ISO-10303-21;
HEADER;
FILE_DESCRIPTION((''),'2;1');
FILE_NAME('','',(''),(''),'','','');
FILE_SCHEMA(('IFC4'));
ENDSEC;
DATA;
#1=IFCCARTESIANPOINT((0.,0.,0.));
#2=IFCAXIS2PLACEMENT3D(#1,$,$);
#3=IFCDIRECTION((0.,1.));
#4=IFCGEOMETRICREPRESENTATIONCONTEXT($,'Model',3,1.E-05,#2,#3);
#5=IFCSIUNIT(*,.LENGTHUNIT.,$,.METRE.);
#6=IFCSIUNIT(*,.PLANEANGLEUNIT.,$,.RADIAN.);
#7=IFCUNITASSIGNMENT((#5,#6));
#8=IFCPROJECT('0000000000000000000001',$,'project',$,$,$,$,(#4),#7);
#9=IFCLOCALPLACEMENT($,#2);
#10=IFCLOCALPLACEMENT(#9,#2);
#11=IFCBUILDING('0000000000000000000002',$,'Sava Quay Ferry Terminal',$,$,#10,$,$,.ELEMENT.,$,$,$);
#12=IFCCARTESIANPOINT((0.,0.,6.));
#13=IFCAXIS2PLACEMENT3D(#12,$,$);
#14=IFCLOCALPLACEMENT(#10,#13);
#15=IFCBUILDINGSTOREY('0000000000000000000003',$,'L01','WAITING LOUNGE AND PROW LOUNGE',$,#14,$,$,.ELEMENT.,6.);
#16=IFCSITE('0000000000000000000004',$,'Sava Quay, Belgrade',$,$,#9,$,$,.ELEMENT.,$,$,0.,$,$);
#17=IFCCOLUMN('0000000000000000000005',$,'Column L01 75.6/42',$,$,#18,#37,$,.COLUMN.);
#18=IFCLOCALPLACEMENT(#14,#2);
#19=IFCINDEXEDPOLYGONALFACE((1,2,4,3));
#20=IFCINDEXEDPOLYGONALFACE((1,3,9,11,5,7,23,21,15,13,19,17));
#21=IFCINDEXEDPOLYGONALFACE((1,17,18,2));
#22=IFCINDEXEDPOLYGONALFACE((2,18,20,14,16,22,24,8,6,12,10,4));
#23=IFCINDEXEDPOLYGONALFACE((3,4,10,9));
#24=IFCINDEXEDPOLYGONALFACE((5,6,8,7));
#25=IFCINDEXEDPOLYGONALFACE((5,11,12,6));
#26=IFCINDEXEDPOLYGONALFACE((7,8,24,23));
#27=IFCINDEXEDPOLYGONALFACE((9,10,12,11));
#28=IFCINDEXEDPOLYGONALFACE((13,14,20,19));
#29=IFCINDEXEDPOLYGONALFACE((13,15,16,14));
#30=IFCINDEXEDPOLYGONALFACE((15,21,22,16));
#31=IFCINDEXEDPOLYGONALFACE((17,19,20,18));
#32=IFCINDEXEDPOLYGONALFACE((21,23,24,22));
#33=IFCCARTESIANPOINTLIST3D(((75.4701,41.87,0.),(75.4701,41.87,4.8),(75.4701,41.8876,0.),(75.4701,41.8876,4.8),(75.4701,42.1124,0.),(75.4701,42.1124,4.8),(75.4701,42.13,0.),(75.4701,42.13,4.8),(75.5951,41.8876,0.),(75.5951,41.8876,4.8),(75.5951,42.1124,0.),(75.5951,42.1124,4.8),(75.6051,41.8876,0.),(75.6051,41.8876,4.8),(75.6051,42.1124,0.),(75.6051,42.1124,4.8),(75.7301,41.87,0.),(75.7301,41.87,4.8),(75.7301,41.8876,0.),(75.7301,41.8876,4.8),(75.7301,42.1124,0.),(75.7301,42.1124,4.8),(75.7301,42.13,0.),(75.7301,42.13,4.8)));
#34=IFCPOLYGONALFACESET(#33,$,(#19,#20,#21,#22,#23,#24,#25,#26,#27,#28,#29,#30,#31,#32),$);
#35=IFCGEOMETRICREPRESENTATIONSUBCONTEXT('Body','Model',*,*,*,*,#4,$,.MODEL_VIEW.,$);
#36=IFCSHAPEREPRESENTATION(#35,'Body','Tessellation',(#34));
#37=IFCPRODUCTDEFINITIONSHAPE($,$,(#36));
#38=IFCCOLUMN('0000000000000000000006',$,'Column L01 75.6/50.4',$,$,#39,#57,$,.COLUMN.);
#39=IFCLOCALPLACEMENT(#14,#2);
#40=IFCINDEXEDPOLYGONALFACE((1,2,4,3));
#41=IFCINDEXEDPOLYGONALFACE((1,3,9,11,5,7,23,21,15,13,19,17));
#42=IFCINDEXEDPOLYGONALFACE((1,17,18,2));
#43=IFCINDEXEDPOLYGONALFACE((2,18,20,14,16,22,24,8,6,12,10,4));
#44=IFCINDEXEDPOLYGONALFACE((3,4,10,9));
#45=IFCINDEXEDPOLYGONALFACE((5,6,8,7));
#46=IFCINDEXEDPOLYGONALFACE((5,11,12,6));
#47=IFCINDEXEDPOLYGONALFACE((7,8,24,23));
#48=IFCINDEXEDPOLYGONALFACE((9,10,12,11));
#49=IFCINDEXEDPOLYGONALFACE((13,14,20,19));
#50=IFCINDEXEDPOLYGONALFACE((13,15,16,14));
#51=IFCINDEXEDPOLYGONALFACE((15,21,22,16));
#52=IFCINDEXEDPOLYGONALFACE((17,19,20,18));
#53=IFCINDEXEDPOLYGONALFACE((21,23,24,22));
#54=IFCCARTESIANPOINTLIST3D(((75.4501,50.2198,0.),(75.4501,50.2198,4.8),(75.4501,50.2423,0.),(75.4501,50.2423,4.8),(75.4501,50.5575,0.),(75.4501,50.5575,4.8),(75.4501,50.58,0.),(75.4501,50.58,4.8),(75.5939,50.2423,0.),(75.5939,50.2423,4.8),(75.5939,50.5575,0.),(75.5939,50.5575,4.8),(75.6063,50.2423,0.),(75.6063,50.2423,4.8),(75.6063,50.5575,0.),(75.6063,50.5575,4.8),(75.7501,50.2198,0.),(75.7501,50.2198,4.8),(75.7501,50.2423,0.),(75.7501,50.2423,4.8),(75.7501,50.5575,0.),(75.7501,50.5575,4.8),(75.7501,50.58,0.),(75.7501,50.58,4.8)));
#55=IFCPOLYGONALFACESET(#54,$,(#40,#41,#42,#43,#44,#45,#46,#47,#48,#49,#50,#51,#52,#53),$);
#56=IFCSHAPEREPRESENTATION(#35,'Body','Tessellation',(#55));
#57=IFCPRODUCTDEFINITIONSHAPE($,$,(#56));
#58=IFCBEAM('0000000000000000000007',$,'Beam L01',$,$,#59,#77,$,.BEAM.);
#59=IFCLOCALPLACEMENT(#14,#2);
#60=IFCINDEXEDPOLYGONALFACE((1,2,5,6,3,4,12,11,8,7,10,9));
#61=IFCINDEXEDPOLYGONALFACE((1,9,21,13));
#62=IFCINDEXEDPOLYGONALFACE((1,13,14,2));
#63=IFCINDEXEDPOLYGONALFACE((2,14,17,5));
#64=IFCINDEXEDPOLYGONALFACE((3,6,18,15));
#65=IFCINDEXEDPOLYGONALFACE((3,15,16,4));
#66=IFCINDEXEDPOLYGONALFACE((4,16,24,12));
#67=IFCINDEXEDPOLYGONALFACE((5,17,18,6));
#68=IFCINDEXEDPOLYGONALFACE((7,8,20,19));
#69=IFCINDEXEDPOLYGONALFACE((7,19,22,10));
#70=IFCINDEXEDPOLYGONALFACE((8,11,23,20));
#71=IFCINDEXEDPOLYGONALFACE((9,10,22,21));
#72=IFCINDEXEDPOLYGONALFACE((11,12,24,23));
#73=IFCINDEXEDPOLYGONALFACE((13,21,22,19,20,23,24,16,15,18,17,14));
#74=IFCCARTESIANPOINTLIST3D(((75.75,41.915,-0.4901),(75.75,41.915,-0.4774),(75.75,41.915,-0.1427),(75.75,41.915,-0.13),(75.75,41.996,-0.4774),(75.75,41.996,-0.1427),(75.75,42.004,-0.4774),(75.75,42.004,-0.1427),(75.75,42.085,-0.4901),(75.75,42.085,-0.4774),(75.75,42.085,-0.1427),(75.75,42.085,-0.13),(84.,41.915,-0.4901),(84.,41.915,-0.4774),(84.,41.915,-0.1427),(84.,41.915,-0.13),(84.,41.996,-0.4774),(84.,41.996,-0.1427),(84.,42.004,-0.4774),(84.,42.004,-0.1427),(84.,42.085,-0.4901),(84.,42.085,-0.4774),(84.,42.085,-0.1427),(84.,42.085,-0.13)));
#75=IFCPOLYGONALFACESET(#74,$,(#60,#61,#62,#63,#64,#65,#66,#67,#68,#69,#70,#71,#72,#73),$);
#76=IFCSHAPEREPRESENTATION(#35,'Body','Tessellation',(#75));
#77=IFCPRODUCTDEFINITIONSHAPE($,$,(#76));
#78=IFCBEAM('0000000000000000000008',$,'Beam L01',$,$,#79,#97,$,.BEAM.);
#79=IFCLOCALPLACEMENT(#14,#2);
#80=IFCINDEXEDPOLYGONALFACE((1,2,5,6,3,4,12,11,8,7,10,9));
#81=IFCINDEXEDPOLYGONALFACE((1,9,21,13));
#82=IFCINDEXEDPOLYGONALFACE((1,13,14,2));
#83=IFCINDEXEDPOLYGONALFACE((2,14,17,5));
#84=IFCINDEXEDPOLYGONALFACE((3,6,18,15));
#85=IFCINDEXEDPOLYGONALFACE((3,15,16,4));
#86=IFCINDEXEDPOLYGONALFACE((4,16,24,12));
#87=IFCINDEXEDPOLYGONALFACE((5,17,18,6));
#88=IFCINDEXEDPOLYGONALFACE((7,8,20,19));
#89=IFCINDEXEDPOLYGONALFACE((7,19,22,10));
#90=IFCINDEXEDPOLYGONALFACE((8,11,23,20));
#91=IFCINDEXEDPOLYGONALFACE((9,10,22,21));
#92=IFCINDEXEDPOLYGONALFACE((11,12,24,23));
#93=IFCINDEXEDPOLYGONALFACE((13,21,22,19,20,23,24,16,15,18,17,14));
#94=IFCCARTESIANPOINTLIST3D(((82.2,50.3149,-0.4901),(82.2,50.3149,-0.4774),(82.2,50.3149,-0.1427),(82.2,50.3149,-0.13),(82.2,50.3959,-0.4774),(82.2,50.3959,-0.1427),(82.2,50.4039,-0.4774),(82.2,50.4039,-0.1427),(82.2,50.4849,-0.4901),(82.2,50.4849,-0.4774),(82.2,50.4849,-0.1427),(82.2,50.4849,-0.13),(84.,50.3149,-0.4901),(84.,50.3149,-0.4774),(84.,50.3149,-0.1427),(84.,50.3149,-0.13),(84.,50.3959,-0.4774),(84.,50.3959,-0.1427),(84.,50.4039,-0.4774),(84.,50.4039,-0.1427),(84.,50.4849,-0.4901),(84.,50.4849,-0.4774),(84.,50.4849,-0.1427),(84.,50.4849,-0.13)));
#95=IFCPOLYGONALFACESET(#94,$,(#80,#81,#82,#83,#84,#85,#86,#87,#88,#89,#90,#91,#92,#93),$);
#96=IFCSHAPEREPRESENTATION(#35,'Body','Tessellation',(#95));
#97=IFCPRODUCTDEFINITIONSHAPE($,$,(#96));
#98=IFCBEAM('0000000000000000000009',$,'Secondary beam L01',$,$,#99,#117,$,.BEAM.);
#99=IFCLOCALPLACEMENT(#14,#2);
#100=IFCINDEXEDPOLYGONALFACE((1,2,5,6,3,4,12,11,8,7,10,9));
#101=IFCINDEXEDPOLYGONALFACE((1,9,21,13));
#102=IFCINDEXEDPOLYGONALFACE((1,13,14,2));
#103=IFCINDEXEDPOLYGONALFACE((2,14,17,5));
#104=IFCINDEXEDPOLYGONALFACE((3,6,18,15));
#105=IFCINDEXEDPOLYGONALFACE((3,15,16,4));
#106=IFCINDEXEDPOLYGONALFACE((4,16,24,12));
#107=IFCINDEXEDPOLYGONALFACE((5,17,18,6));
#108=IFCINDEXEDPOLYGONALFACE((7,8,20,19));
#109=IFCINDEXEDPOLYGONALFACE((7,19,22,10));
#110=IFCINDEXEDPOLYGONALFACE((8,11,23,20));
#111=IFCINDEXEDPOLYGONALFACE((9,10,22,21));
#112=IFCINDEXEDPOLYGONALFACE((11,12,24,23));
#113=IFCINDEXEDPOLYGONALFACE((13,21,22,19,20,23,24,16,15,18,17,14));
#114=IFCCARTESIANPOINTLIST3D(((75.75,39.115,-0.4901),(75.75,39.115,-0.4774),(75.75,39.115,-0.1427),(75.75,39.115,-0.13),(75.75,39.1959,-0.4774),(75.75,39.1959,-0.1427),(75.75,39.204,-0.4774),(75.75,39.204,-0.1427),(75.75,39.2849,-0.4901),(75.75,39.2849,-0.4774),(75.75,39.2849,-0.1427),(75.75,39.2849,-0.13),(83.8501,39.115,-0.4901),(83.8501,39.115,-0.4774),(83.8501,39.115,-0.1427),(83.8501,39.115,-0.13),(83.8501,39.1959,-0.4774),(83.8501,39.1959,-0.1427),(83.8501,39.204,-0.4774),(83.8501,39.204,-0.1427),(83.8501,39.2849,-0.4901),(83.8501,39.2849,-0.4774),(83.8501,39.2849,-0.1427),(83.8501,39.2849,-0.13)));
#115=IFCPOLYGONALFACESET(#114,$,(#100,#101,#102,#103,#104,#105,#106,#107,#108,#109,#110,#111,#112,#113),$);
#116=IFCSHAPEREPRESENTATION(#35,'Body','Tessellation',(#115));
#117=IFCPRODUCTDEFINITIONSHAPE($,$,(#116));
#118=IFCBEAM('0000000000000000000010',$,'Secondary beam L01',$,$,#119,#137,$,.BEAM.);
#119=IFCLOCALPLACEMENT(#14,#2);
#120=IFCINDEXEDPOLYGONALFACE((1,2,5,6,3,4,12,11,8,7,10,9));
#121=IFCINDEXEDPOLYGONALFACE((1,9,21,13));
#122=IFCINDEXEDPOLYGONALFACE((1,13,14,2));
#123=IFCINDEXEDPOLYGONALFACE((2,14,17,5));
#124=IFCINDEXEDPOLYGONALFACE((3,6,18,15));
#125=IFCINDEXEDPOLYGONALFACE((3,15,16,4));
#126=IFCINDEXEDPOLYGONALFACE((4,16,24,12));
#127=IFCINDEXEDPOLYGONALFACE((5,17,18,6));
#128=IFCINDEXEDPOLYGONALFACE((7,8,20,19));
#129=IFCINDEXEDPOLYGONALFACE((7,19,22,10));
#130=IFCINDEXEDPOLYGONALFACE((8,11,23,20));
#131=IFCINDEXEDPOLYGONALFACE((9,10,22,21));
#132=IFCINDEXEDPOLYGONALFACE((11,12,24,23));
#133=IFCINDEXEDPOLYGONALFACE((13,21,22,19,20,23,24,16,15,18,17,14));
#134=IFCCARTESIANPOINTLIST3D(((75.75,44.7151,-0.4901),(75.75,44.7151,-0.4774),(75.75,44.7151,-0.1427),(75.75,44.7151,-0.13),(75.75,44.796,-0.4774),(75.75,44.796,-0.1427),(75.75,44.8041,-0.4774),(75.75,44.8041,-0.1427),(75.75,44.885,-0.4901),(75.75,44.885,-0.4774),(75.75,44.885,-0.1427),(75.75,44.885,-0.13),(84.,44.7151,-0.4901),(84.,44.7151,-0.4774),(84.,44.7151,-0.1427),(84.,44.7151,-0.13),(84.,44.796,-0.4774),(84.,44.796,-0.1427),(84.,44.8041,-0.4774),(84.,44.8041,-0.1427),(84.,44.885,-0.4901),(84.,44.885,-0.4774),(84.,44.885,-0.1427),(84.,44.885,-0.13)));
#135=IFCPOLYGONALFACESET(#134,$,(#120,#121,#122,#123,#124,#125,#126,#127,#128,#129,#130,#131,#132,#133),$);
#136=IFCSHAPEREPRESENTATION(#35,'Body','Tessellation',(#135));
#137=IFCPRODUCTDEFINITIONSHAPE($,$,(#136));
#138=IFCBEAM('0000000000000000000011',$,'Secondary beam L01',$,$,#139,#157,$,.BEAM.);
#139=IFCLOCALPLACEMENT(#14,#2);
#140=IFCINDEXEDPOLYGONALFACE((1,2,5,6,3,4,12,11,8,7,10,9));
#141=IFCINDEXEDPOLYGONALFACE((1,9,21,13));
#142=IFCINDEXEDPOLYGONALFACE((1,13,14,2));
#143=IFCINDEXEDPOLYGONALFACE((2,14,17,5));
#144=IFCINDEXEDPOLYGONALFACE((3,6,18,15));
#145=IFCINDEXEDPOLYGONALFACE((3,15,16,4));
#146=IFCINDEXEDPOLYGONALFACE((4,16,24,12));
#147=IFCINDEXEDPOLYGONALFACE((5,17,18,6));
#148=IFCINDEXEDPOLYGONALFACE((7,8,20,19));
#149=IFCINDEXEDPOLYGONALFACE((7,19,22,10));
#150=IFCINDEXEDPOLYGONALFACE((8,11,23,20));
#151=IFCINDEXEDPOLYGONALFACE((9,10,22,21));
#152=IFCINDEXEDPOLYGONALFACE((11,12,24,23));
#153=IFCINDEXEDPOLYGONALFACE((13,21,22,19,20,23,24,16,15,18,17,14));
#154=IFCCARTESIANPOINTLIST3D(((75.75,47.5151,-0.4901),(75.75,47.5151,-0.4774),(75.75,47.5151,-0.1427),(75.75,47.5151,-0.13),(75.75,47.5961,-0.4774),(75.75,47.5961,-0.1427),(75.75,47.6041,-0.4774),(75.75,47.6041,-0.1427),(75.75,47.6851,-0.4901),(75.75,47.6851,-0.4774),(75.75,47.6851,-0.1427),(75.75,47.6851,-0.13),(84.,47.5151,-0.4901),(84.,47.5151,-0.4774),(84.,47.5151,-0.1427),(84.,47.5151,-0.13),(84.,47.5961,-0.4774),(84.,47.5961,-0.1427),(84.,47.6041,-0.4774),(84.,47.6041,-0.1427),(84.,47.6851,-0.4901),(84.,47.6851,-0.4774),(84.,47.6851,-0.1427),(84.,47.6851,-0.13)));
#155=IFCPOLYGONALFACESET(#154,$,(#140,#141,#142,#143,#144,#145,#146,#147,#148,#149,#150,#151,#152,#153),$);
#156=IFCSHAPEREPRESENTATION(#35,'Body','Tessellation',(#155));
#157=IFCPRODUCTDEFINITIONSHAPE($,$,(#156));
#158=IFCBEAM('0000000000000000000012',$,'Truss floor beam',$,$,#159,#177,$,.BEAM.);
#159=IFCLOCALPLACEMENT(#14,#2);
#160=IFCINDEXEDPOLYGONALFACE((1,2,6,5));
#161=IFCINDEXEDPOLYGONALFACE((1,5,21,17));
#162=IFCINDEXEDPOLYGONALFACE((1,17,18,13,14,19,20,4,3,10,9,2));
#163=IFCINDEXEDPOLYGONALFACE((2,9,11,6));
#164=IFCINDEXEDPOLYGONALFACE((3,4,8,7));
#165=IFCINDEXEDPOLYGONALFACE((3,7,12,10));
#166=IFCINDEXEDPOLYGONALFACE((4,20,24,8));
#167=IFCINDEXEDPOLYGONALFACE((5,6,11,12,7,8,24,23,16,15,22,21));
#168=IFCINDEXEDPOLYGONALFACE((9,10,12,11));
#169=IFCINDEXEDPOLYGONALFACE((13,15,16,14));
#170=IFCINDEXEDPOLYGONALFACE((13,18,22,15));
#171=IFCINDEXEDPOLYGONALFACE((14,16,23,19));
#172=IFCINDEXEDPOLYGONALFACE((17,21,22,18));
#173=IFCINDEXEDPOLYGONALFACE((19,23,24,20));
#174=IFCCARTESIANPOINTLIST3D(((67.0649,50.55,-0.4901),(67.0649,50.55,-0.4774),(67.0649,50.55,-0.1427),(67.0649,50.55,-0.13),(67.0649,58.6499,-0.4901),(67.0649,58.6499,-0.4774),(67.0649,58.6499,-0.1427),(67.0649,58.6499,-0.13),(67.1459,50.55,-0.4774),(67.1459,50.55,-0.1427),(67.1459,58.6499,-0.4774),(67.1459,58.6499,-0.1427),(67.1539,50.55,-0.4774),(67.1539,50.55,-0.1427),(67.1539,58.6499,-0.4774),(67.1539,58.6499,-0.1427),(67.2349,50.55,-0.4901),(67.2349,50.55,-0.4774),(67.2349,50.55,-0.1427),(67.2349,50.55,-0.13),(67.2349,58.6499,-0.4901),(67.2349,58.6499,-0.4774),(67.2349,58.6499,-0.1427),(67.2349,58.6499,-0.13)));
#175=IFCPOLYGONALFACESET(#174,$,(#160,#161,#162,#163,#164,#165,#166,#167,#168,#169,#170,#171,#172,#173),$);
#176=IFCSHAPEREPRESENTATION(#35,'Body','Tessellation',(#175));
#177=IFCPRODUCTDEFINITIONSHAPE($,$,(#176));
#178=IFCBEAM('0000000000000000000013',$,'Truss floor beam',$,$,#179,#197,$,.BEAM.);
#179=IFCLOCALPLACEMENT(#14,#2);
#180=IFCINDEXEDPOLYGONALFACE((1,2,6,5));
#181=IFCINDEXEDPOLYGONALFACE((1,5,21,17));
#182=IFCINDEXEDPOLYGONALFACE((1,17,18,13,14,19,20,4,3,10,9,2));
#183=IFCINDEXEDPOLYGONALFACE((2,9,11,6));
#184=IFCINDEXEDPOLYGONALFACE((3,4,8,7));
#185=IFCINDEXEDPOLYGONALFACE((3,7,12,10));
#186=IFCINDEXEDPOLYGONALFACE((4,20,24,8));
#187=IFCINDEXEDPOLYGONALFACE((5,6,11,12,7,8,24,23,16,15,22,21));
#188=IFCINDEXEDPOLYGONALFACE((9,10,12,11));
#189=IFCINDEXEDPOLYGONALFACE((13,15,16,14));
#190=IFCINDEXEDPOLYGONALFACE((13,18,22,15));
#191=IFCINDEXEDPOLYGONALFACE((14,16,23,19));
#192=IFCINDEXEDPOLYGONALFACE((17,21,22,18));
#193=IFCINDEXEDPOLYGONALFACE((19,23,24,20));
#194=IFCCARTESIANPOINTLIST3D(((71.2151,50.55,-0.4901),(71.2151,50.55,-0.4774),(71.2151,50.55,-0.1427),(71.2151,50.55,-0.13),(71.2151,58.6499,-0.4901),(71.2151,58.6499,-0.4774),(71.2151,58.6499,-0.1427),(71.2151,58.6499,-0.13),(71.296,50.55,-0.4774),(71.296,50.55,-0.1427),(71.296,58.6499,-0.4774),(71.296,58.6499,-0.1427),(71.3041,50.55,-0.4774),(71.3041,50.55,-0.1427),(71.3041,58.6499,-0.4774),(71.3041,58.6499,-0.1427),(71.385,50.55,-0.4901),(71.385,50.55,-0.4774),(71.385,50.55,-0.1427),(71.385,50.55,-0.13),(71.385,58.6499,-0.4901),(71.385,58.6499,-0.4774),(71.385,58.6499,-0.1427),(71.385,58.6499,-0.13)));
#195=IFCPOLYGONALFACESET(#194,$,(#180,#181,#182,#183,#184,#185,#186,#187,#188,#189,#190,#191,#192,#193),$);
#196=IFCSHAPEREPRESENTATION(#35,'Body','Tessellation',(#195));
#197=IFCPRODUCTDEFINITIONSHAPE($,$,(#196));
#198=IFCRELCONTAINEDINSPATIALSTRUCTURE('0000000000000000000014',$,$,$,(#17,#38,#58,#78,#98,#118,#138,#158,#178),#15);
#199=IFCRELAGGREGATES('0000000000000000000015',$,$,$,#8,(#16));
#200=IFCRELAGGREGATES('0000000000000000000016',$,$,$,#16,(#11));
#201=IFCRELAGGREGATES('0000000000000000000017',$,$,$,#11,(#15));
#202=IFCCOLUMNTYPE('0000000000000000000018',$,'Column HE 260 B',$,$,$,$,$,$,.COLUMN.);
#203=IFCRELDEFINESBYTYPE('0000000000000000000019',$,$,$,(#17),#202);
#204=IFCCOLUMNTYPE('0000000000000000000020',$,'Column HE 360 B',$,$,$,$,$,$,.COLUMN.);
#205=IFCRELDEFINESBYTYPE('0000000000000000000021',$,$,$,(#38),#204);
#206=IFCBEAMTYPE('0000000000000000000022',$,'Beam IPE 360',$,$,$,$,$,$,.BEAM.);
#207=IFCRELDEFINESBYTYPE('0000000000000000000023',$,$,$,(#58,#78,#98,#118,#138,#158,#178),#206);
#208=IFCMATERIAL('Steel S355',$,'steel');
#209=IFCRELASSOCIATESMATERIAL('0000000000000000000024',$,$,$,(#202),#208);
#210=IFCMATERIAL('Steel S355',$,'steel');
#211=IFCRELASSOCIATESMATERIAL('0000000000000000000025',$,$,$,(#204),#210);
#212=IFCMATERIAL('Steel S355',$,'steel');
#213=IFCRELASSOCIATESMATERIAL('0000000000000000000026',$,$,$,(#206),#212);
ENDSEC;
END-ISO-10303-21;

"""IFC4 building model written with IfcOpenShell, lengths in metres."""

from ifc_helpers import new_model, si_unit, direction, frame, origin, origin_2d, place, context, subcontext, project, spatial, i_section, extrude, material, material_profile, profile_set, type_object, element, save


model = new_model("IFC4")

# Units and contexts
model_context = context("Model", 3, precision=1e-05, world=origin(), true_north=direction((0.0, 1.0)))
body_context = subcontext(model_context, "Body", "Model", "MODEL_VIEW")
ifc_project = project(units=[si_unit("LENGTHUNIT", "METRE"), si_unit("PLANEANGLEUNIT", "RADIAN")], contexts=[model_context])

# Site, building, storey
site_placement = place(None, origin())
site = spatial("IfcSite", under=ifc_project, at=site_placement, Name="Sava Quay, Belgrade", CompositionType="ELEMENT", RefElevation=0.0)
building_placement = place(site_placement, origin())
building = spatial("IfcBuilding", under=site, at=building_placement, Name="Sava Quay Ferry Terminal", CompositionType="ELEMENT")
storey_placement = place(building_placement, frame((0.0, 0.0, 6.0)))
storey = spatial("IfcBuildingStorey", under=building, at=storey_placement, Name="L01", Description="WAITING LOUNGE AND PROW LOUNGE", CompositionType="ELEMENT", Elevation=6.0)

# Columns
ifc_material_1 = material(Name="Steel S355", Category="steel")
ifc_material_profile_1 = material_profile(ifc_material_1, i_section(OverallWidth=0.26, OverallDepth=0.26, WebThickness=0.01, FlangeThickness=0.0176, at=origin_2d()), Name="HE 260 B")
ifc_profile_set_1 = profile_set([ifc_material_profile_1], Name="Steel S355")
column_type_1 = type_object("IfcColumnType", Name="Column HE 260 B", PredefinedType="COLUMN", material=ifc_profile_set_1)
column_1_placement = place(storey_placement, frame((75.6001, 42.0, 0.0), z_axis=(0.0, 0.0, 1.0), x_axis=(1.0, 0.0, 0.0)))
element("IfcColumn", 1, at=column_1_placement, inside=storey, type_object=column_type_1, Name="Column L01 75.6/42", PredefinedType="COLUMN", context=body_context, shape_type="SweptSolid", body=[
    extrude(i_section(OverallWidth=0.26, OverallDepth=0.26, WebThickness=0.01, FlangeThickness=0.0176, at=origin_2d()), origin(), (0.0, 0.0, 1.0), 4.8),
])
ifc_material_2 = material(Name="Steel S355", Category="steel")
ifc_material_profile_2 = material_profile(ifc_material_2, i_section(OverallWidth=0.3, OverallDepth=0.3601, WebThickness=0.0125, FlangeThickness=0.0225, at=origin_2d()), Name="HE 360 B")
ifc_profile_set_2 = profile_set([ifc_material_profile_2], Name="Steel S355")
column_type_2 = type_object("IfcColumnType", Name="Column HE 360 B", PredefinedType="COLUMN", material=ifc_profile_set_2)
column_2_placement = place(storey_placement, frame((75.6001, 50.3999, 0.0), z_axis=(0.0, 0.0, 1.0), x_axis=(1.0, 0.0, 0.0)))
element("IfcColumn", 2, at=column_2_placement, inside=storey, type_object=column_type_2, Name="Column L01 75.6/50.4", PredefinedType="COLUMN", context=body_context, shape_type="SweptSolid", body=[
    extrude(i_section(OverallWidth=0.3, OverallDepth=0.3601, WebThickness=0.0125, FlangeThickness=0.0225, at=origin_2d()), origin(), (0.0, 0.0, 1.0), 4.8),
])

# Beams
ifc_material_3 = material(Name="Steel S355", Category="steel")
ifc_material_profile_3 = material_profile(ifc_material_3, i_section(OverallWidth=0.1699, OverallDepth=0.3601, WebThickness=0.0081, FlangeThickness=0.0127, at=origin_2d()), Name="IPE 360")
ifc_profile_set_3 = profile_set([ifc_material_profile_3], Name="Steel S355")
beam_type_1 = type_object("IfcBeamType", Name="Beam IPE 360", PredefinedType="BEAM", material=ifc_profile_set_3)
beam_1_placement = place(storey_placement, frame((75.75, 42.0, -0.3101), z_axis=(1.0, 0.0, 0.0), x_axis=(0.0, 1.0, 0.0)))
element("IfcBeam", 3, at=beam_1_placement, inside=storey, type_object=beam_type_1, Name="Beam L01", PredefinedType="BEAM", context=body_context, shape_type="SweptSolid", body=[
    extrude(i_section(OverallWidth=0.1699, OverallDepth=0.3601, WebThickness=0.0081, FlangeThickness=0.0127, at=origin_2d()), origin(), (0.0, 0.0, 1.0), 8.25),
])
beam_2_placement = place(storey_placement, frame((82.2, 50.3999, -0.3101), z_axis=(1.0, 0.0, 0.0), x_axis=(0.0, 1.0, 0.0)))
element("IfcBeam", 4, at=beam_2_placement, inside=storey, type_object=beam_type_1, Name="Beam L01", PredefinedType="BEAM", context=body_context, shape_type="SweptSolid", body=[
    extrude(i_section(OverallWidth=0.1699, OverallDepth=0.3601, WebThickness=0.0081, FlangeThickness=0.0127, at=origin_2d()), origin(), (0.0, 0.0, 1.0), 1.8),
])
beam_3_placement = place(storey_placement, frame((75.75, 39.2, -0.3101), z_axis=(1.0, 0.0, 0.0), x_axis=(0.0, 1.0, 0.0)))
element("IfcBeam", 5, at=beam_3_placement, inside=storey, type_object=beam_type_1, Name="Secondary beam L01", PredefinedType="BEAM", context=body_context, shape_type="SweptSolid", body=[
    extrude(i_section(OverallWidth=0.1699, OverallDepth=0.3601, WebThickness=0.0081, FlangeThickness=0.0127, at=origin_2d()), origin(), (0.0, 0.0, 1.0), 8.1001),
])
for number, where, z_axis, x_axis, name in (
    (6, (75.75, 44.8, -0.3101), (1.0, 0.0, 0.0), (0.0, 1.0, 0.0), "Secondary beam L01"),
    (7, (75.75, 47.6001, -0.3101), (1.0, 0.0, 0.0), (0.0, 1.0, 0.0), "Secondary beam L01"),
):
    element("IfcBeam", number, at=place(storey_placement, frame(where, z_axis=z_axis, x_axis=x_axis)), inside=storey, type_object=beam_type_1, Name=name, PredefinedType="BEAM", context=body_context, shape_type="SweptSolid", body=[
        extrude(i_section(OverallWidth=0.1699, OverallDepth=0.3601, WebThickness=0.0081, FlangeThickness=0.0127, at=origin_2d()), origin(), (0.0, 0.0, 1.0), 8.25),
    ])
for number, where, z_axis, x_axis, name in (
    (8, (67.1499, 50.55, -0.3101), (0.0, 1.0, 0.0), (-1.0, 0.0, 0.0), "Truss floor beam"),
    (9, (71.3, 50.55, -0.3101), (0.0, 1.0, 0.0), (-1.0, 0.0, 0.0), "Truss floor beam"),
):
    element("IfcBeam", number, at=place(storey_placement, frame(where, z_axis=z_axis, x_axis=x_axis)), inside=storey, type_object=beam_type_1, Name=name, PredefinedType="BEAM", context=body_context, shape_type="SweptSolid", body=[
        extrude(i_section(OverallWidth=0.1699, OverallDepth=0.3601, WebThickness=0.0081, FlangeThickness=0.0127, at=origin_2d()), origin(), (0.0, 0.0, 1.0), 8.0999),
    ])

save(model, "model.ifc")
